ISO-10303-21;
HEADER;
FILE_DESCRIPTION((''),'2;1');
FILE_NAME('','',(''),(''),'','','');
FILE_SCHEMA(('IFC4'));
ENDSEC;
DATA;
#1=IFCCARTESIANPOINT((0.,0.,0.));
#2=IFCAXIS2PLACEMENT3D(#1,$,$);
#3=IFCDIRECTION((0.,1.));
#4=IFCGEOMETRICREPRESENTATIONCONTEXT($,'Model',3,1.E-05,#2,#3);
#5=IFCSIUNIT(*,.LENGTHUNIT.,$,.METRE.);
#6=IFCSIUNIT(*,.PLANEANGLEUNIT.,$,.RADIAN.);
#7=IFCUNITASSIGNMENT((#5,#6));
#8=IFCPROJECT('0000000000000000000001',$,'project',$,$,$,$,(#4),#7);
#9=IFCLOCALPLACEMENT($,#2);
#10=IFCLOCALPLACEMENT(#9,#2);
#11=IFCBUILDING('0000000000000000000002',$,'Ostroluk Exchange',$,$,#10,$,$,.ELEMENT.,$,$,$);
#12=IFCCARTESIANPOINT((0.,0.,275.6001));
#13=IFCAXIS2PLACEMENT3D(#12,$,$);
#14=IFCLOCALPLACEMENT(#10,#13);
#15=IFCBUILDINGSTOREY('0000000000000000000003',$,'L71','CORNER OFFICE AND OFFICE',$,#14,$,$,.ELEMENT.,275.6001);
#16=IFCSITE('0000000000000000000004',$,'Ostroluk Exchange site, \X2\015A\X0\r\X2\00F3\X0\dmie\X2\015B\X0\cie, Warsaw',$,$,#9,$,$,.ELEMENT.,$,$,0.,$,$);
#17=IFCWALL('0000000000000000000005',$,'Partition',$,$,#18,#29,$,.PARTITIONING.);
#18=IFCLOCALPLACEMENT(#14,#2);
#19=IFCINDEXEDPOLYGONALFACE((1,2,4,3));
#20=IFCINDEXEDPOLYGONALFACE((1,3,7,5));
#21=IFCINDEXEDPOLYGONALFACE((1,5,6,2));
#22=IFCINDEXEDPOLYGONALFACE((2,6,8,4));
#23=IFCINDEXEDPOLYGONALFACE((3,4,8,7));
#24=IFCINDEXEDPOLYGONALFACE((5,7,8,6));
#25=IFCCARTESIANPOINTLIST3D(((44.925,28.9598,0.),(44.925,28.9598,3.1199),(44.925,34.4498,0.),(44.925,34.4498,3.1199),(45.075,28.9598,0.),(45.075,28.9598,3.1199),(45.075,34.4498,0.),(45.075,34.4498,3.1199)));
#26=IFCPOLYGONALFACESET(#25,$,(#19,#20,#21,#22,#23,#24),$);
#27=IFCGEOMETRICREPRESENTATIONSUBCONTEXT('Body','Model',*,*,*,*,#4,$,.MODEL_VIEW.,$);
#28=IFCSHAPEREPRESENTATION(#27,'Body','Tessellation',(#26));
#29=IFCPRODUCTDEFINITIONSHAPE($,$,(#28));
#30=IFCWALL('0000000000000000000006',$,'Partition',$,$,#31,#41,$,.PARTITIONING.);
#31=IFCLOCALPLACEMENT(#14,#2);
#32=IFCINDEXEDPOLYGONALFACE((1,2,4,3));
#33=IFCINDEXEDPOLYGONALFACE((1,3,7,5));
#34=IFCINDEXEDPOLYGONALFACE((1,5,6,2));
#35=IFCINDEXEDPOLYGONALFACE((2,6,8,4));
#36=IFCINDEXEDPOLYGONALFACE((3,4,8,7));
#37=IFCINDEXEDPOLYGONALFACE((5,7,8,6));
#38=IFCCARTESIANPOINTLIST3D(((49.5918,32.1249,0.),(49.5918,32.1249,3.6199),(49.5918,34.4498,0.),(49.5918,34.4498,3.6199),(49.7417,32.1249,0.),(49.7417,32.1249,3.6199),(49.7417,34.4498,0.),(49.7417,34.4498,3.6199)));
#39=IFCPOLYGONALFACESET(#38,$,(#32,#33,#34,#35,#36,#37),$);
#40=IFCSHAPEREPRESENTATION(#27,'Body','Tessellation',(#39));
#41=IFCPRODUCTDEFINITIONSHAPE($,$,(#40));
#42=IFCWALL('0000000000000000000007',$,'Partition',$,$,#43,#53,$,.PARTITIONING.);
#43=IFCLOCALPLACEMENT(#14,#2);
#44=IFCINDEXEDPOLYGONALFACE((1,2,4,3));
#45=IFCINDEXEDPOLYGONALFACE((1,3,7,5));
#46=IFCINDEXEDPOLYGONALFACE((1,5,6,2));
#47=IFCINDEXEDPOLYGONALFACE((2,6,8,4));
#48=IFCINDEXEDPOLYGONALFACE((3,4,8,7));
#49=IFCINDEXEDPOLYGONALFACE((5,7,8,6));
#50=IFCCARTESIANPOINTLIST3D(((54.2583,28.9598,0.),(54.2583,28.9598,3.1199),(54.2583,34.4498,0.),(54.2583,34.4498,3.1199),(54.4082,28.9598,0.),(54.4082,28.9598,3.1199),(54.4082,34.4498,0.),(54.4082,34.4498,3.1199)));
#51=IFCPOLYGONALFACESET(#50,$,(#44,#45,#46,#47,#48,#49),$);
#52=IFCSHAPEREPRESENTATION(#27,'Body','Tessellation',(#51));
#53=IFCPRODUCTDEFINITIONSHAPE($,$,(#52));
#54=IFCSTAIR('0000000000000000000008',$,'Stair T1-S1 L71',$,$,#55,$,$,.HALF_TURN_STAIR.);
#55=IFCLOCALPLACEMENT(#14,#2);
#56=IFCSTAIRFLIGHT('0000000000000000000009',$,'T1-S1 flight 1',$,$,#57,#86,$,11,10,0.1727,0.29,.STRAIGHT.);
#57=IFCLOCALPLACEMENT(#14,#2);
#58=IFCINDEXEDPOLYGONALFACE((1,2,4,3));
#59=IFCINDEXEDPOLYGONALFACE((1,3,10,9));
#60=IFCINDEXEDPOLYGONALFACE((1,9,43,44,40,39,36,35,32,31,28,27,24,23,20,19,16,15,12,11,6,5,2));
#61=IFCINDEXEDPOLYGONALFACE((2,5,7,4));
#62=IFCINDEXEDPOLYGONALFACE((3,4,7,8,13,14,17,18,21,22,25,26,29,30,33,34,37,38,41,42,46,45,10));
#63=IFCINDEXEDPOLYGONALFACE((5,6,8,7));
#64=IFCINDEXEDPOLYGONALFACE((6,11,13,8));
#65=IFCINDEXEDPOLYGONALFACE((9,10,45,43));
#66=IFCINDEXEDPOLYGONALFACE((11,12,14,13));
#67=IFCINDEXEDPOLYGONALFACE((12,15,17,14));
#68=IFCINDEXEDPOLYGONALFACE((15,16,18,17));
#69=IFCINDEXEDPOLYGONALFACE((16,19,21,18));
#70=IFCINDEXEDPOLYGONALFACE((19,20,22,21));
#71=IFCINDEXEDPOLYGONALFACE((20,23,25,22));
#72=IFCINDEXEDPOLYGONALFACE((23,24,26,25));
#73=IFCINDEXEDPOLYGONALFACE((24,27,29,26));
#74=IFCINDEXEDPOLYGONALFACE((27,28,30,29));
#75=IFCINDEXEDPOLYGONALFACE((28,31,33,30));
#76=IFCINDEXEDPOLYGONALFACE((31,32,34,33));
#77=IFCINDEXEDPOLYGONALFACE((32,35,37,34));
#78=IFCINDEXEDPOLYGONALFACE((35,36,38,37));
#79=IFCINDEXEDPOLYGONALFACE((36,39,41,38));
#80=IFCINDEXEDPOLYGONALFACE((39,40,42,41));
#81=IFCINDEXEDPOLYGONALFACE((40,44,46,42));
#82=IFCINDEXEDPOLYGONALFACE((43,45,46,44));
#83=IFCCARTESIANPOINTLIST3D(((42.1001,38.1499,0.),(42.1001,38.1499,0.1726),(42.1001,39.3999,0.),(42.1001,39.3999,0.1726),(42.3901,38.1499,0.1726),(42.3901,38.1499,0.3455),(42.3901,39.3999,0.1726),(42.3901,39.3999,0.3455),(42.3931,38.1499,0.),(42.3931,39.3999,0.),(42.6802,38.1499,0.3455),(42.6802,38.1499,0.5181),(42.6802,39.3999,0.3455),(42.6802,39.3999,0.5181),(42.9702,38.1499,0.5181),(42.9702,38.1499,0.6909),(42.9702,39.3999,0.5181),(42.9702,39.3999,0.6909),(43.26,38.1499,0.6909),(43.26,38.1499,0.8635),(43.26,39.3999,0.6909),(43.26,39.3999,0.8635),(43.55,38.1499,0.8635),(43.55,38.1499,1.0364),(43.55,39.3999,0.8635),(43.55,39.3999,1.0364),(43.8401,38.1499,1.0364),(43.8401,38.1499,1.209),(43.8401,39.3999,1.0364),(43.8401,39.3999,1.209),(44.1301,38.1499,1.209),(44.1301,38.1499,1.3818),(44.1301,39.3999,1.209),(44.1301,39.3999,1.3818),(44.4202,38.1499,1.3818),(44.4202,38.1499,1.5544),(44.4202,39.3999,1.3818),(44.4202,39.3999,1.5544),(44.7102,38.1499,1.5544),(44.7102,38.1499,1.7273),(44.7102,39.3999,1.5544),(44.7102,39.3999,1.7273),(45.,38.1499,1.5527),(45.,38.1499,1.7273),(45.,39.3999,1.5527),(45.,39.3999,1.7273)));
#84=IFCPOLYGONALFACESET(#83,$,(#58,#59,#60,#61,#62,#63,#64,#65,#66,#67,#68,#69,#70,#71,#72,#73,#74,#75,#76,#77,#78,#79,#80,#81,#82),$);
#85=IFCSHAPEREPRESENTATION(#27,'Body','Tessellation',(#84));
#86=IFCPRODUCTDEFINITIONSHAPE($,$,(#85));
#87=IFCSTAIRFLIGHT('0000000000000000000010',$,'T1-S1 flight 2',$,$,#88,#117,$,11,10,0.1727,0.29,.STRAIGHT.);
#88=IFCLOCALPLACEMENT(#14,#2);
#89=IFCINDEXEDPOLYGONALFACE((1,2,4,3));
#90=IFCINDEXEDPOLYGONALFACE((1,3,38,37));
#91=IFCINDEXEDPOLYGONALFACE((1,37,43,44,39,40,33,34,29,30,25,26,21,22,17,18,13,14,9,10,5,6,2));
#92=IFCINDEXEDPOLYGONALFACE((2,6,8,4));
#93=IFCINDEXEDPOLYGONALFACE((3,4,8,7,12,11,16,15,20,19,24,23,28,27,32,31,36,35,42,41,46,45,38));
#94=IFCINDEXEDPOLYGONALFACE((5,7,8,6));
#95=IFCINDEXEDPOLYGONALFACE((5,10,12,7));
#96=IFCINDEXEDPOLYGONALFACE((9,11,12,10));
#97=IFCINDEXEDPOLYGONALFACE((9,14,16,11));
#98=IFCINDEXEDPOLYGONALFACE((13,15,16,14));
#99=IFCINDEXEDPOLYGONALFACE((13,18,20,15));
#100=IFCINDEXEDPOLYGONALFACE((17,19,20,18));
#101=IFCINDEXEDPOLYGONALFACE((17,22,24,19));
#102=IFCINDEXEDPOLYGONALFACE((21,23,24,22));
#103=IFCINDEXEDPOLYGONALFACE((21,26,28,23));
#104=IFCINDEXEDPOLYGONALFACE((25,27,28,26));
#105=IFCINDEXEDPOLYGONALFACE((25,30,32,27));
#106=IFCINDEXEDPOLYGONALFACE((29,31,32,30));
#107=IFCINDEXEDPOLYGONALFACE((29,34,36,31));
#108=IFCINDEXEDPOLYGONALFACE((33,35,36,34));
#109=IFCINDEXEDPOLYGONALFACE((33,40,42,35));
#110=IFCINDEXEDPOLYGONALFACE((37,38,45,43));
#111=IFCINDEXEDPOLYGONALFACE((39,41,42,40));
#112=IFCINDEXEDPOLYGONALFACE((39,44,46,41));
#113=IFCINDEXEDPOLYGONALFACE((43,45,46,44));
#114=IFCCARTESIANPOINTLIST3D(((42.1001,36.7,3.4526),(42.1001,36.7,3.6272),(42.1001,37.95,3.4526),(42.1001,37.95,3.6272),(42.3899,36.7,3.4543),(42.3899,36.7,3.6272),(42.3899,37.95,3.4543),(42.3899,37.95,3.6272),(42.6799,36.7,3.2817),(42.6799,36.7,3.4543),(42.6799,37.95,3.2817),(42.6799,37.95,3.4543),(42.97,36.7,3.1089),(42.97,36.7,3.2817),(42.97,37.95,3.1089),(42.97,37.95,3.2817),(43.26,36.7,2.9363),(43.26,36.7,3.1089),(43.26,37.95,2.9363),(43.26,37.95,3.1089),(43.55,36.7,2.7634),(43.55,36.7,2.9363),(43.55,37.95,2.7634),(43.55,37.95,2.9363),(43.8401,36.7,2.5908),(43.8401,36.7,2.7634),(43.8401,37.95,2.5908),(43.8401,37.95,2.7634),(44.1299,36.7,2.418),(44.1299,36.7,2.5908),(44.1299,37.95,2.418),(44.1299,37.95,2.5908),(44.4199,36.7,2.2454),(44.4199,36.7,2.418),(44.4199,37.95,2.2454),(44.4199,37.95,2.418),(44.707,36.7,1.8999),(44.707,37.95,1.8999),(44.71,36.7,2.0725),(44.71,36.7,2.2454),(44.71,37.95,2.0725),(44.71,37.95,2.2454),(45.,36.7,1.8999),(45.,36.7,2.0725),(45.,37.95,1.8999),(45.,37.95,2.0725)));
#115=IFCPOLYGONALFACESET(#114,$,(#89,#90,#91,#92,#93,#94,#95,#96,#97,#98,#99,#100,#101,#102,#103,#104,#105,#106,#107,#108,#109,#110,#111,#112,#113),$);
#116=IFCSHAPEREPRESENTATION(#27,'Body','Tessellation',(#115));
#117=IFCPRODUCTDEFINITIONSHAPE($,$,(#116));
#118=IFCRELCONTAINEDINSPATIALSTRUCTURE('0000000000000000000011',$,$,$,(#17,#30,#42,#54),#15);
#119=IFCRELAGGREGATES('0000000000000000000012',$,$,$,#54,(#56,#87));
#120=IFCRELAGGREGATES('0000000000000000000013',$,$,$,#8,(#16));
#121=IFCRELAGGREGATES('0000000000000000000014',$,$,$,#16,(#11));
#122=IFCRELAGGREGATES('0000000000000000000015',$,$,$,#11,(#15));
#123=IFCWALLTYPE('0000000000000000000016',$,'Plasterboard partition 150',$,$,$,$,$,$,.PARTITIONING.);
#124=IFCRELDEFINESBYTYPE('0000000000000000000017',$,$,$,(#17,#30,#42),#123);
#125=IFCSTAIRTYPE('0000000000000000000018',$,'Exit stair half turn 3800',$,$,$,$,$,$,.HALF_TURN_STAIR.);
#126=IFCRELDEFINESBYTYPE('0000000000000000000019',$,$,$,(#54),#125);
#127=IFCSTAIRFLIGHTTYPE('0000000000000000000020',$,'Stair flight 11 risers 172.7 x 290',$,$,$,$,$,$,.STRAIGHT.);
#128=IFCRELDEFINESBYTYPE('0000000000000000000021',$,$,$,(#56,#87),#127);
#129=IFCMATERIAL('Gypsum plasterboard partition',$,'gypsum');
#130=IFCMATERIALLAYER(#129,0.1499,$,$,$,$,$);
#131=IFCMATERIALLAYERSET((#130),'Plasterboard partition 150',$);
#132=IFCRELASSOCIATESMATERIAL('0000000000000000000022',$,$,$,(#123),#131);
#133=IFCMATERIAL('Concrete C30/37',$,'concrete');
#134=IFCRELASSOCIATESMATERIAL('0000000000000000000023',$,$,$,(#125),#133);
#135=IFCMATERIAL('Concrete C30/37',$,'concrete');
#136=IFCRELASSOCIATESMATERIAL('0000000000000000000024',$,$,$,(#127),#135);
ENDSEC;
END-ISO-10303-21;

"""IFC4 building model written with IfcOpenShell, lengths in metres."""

from ifc_helpers import new_model, si_unit, direction, frame, frame_2d, origin, place, context, subcontext, project, spatial, polyline, rectangle, outline, extrude, material, layer, layer_set, type_object, element, aggregate, save


model = new_model("IFC4")

# Units and contexts
model_context = context("Model", 3, precision=1e-05, world=origin(), true_north=direction((0.0, 1.0)))
body_context = subcontext(model_context, "Body", "Model", "MODEL_VIEW")
ifc_project = project(units=[si_unit("LENGTHUNIT", "METRE"), si_unit("PLANEANGLEUNIT", "RADIAN")], contexts=[model_context])

# Site, building, storey
site_placement = place(None, origin())
site = spatial("IfcSite", under=ifc_project, at=site_placement, Name="Ostroluk Exchange site, Śródmieście, Warsaw", CompositionType="ELEMENT", RefElevation=0.0)
building_placement = place(site_placement, origin())
building = spatial("IfcBuilding", under=site, at=building_placement, Name="Ostroluk Exchange", CompositionType="ELEMENT")
storey_placement = place(building_placement, frame((0.0, 0.0, 275.6001)))
storey = spatial("IfcBuildingStorey", under=building, at=storey_placement, Name="L71", Description="CORNER OFFICE AND OFFICE", CompositionType="ELEMENT", Elevation=275.6001)

# Walls
ifc_material_1 = material(Name="Gypsum plasterboard partition", Category="gypsum")
ifc_layer_1 = layer(ifc_material_1, 0.1499)
ifc_layer_set_1 = layer_set([ifc_layer_1], Name="Plasterboard partition 150")
wall_type_1 = type_object("IfcWallType", Name="Plasterboard partition 150", PredefinedType="PARTITIONING", material=ifc_layer_set_1)
wall_1_placement = place(storey_placement, frame((45.0, 34.45, 0.0), z_axis=(0.0, 0.0, 1.0), x_axis=(0.0, -1.0, 0.0)))
element("IfcWall", 1, at=wall_1_placement, inside=storey, type_object=wall_type_1, Name="Partition", PredefinedType="PARTITIONING", context=body_context, shape_type="SweptSolid", body=[
    extrude(rectangle(XDim=5.49, YDim=0.1499, at=frame_2d((2.7451, 0.0))), origin(), (0.0, 0.0, 1.0), 3.1199),
])
wall_2_placement = place(storey_placement, frame((49.6667, 34.45, 0.0), z_axis=(0.0, 0.0, 1.0), x_axis=(0.0, -1.0, 0.0)))
element("IfcWall", 2, at=wall_2_placement, inside=storey, type_object=wall_type_1, Name="Partition", PredefinedType="PARTITIONING", context=body_context, shape_type="SweptSolid", body=[
    extrude(rectangle(XDim=2.325, YDim=0.1499, at=frame_2d((1.1626, 0.0))), origin(), (0.0, 0.0, 1.0), 3.6199),
])
wall_3_placement = place(storey_placement, frame((54.3333, 34.45, 0.0), z_axis=(0.0, 0.0, 1.0), x_axis=(0.0, -1.0, 0.0)))
element("IfcWall", 3, at=wall_3_placement, inside=storey, type_object=wall_type_1, Name="Partition", PredefinedType="PARTITIONING", context=body_context, shape_type="SweptSolid", body=[
    extrude(rectangle(XDim=5.49, YDim=0.1499, at=frame_2d((2.7451, 0.0))), origin(), (0.0, 0.0, 1.0), 3.1199),
])

# Stair, stair flights
ifc_material_2 = material(Name="Concrete C30/37", Category="concrete")
stair_type = type_object("IfcStairType", Name="Exit stair half turn 3800", PredefinedType="HALF_TURN_STAIR", material=ifc_material_2)
stair_placement = place(storey_placement, origin())
stair = element("IfcStair", 4, at=stair_placement, inside=storey, type_object=stair_type, Name="Stair T1-S1 L71", PredefinedType="HALF_TURN_STAIR")
ifc_material_3 = material(Name="Concrete C30/37", Category="concrete")
stair_flight_type = type_object("IfcStairFlightType", Name="Stair flight 11 risers 172.7 x 290", PredefinedType="STRAIGHT", material=ifc_material_3)
stair_flight_1_placement = place(storey_placement, frame((42.1001, 38.7749, 0.0), z_axis=(0.0, 0.0, 1.0), x_axis=(1.0, 0.0, 0.0)))
stair_flight_1 = element("IfcStairFlight", 5, at=stair_flight_1_placement, type_object=stair_flight_type, Name="T1-S1 flight 1", NumberOfRisers=11, NumberOfTreads=10, PredefinedType="STRAIGHT", RiserHeight=0.1727, TreadLength=0.29, context=body_context, shape_type="SweptSolid", body=[
    extrude(outline(polyline([(0.0, 0.0), (0.0, 0.1726), (0.29, 0.1726), (0.29, 0.3455), (0.5801, 0.3455), (0.5801, 0.5181), (0.8701, 0.5181), (0.8701, 0.6909), (1.1599, 0.6909), (1.1599, 0.8635), (1.45, 0.8635), (1.45, 1.0364), (1.74, 1.0364), (1.74, 1.209), (2.03, 1.209), (2.03, 1.3818), (2.3201, 1.3818), (2.3201, 1.5544), (2.6101, 1.5544), (2.6101, 1.7273), (2.8999, 1.7273), (2.8999, 1.8999), (2.8999, 1.5527), (0.293, 0.0), (0.0, 0.0)])), frame((0.0, 0.625, 0.0), z_axis=(0.0, -1.0, 0.0), x_axis=(1.0, 0.0, 0.0)), (0.0, 0.0, 1.0), 1.25),
])
stair_flight_2_placement = place(storey_placement, frame((45.0, 37.325, 1.8999), z_axis=(0.0, 0.0, 1.0), x_axis=(-1.0, 0.0, 0.0)))
stair_flight_2 = element("IfcStairFlight", 6, at=stair_flight_2_placement, type_object=stair_flight_type, Name="T1-S1 flight 2", NumberOfRisers=11, NumberOfTreads=10, PredefinedType="STRAIGHT", RiserHeight=0.1727, TreadLength=0.29, context=body_context, shape_type="SweptSolid", body=[
    extrude(outline(polyline([(0.0, 0.0), (0.0, 0.1726), (0.29, 0.1726), (0.29, 0.3455), (0.5801, 0.3455), (0.5801, 0.5181), (0.8701, 0.5181), (0.8701, 0.6909), (1.1599, 0.6909), (1.1599, 0.8635), (1.45, 0.8635), (1.45, 1.0364), (1.74, 1.0364), (1.74, 1.209), (2.03, 1.209), (2.03, 1.3818), (2.3201, 1.3818), (2.3201, 1.5544), (2.6101, 1.5544), (2.6101, 1.7273), (2.8999, 1.7273), (2.8999, 1.8999), (2.8999, 1.5527), (0.293, 0.0), (0.0, 0.0)])), frame((0.0, 0.625, 0.0), z_axis=(0.0, -1.0, 0.0), x_axis=(1.0, 0.0, 0.0)), (0.0, 0.0, 1.0), 1.25),
])
aggregate(stair, [stair_flight_1, stair_flight_2])

save(model, "model.ifc")
